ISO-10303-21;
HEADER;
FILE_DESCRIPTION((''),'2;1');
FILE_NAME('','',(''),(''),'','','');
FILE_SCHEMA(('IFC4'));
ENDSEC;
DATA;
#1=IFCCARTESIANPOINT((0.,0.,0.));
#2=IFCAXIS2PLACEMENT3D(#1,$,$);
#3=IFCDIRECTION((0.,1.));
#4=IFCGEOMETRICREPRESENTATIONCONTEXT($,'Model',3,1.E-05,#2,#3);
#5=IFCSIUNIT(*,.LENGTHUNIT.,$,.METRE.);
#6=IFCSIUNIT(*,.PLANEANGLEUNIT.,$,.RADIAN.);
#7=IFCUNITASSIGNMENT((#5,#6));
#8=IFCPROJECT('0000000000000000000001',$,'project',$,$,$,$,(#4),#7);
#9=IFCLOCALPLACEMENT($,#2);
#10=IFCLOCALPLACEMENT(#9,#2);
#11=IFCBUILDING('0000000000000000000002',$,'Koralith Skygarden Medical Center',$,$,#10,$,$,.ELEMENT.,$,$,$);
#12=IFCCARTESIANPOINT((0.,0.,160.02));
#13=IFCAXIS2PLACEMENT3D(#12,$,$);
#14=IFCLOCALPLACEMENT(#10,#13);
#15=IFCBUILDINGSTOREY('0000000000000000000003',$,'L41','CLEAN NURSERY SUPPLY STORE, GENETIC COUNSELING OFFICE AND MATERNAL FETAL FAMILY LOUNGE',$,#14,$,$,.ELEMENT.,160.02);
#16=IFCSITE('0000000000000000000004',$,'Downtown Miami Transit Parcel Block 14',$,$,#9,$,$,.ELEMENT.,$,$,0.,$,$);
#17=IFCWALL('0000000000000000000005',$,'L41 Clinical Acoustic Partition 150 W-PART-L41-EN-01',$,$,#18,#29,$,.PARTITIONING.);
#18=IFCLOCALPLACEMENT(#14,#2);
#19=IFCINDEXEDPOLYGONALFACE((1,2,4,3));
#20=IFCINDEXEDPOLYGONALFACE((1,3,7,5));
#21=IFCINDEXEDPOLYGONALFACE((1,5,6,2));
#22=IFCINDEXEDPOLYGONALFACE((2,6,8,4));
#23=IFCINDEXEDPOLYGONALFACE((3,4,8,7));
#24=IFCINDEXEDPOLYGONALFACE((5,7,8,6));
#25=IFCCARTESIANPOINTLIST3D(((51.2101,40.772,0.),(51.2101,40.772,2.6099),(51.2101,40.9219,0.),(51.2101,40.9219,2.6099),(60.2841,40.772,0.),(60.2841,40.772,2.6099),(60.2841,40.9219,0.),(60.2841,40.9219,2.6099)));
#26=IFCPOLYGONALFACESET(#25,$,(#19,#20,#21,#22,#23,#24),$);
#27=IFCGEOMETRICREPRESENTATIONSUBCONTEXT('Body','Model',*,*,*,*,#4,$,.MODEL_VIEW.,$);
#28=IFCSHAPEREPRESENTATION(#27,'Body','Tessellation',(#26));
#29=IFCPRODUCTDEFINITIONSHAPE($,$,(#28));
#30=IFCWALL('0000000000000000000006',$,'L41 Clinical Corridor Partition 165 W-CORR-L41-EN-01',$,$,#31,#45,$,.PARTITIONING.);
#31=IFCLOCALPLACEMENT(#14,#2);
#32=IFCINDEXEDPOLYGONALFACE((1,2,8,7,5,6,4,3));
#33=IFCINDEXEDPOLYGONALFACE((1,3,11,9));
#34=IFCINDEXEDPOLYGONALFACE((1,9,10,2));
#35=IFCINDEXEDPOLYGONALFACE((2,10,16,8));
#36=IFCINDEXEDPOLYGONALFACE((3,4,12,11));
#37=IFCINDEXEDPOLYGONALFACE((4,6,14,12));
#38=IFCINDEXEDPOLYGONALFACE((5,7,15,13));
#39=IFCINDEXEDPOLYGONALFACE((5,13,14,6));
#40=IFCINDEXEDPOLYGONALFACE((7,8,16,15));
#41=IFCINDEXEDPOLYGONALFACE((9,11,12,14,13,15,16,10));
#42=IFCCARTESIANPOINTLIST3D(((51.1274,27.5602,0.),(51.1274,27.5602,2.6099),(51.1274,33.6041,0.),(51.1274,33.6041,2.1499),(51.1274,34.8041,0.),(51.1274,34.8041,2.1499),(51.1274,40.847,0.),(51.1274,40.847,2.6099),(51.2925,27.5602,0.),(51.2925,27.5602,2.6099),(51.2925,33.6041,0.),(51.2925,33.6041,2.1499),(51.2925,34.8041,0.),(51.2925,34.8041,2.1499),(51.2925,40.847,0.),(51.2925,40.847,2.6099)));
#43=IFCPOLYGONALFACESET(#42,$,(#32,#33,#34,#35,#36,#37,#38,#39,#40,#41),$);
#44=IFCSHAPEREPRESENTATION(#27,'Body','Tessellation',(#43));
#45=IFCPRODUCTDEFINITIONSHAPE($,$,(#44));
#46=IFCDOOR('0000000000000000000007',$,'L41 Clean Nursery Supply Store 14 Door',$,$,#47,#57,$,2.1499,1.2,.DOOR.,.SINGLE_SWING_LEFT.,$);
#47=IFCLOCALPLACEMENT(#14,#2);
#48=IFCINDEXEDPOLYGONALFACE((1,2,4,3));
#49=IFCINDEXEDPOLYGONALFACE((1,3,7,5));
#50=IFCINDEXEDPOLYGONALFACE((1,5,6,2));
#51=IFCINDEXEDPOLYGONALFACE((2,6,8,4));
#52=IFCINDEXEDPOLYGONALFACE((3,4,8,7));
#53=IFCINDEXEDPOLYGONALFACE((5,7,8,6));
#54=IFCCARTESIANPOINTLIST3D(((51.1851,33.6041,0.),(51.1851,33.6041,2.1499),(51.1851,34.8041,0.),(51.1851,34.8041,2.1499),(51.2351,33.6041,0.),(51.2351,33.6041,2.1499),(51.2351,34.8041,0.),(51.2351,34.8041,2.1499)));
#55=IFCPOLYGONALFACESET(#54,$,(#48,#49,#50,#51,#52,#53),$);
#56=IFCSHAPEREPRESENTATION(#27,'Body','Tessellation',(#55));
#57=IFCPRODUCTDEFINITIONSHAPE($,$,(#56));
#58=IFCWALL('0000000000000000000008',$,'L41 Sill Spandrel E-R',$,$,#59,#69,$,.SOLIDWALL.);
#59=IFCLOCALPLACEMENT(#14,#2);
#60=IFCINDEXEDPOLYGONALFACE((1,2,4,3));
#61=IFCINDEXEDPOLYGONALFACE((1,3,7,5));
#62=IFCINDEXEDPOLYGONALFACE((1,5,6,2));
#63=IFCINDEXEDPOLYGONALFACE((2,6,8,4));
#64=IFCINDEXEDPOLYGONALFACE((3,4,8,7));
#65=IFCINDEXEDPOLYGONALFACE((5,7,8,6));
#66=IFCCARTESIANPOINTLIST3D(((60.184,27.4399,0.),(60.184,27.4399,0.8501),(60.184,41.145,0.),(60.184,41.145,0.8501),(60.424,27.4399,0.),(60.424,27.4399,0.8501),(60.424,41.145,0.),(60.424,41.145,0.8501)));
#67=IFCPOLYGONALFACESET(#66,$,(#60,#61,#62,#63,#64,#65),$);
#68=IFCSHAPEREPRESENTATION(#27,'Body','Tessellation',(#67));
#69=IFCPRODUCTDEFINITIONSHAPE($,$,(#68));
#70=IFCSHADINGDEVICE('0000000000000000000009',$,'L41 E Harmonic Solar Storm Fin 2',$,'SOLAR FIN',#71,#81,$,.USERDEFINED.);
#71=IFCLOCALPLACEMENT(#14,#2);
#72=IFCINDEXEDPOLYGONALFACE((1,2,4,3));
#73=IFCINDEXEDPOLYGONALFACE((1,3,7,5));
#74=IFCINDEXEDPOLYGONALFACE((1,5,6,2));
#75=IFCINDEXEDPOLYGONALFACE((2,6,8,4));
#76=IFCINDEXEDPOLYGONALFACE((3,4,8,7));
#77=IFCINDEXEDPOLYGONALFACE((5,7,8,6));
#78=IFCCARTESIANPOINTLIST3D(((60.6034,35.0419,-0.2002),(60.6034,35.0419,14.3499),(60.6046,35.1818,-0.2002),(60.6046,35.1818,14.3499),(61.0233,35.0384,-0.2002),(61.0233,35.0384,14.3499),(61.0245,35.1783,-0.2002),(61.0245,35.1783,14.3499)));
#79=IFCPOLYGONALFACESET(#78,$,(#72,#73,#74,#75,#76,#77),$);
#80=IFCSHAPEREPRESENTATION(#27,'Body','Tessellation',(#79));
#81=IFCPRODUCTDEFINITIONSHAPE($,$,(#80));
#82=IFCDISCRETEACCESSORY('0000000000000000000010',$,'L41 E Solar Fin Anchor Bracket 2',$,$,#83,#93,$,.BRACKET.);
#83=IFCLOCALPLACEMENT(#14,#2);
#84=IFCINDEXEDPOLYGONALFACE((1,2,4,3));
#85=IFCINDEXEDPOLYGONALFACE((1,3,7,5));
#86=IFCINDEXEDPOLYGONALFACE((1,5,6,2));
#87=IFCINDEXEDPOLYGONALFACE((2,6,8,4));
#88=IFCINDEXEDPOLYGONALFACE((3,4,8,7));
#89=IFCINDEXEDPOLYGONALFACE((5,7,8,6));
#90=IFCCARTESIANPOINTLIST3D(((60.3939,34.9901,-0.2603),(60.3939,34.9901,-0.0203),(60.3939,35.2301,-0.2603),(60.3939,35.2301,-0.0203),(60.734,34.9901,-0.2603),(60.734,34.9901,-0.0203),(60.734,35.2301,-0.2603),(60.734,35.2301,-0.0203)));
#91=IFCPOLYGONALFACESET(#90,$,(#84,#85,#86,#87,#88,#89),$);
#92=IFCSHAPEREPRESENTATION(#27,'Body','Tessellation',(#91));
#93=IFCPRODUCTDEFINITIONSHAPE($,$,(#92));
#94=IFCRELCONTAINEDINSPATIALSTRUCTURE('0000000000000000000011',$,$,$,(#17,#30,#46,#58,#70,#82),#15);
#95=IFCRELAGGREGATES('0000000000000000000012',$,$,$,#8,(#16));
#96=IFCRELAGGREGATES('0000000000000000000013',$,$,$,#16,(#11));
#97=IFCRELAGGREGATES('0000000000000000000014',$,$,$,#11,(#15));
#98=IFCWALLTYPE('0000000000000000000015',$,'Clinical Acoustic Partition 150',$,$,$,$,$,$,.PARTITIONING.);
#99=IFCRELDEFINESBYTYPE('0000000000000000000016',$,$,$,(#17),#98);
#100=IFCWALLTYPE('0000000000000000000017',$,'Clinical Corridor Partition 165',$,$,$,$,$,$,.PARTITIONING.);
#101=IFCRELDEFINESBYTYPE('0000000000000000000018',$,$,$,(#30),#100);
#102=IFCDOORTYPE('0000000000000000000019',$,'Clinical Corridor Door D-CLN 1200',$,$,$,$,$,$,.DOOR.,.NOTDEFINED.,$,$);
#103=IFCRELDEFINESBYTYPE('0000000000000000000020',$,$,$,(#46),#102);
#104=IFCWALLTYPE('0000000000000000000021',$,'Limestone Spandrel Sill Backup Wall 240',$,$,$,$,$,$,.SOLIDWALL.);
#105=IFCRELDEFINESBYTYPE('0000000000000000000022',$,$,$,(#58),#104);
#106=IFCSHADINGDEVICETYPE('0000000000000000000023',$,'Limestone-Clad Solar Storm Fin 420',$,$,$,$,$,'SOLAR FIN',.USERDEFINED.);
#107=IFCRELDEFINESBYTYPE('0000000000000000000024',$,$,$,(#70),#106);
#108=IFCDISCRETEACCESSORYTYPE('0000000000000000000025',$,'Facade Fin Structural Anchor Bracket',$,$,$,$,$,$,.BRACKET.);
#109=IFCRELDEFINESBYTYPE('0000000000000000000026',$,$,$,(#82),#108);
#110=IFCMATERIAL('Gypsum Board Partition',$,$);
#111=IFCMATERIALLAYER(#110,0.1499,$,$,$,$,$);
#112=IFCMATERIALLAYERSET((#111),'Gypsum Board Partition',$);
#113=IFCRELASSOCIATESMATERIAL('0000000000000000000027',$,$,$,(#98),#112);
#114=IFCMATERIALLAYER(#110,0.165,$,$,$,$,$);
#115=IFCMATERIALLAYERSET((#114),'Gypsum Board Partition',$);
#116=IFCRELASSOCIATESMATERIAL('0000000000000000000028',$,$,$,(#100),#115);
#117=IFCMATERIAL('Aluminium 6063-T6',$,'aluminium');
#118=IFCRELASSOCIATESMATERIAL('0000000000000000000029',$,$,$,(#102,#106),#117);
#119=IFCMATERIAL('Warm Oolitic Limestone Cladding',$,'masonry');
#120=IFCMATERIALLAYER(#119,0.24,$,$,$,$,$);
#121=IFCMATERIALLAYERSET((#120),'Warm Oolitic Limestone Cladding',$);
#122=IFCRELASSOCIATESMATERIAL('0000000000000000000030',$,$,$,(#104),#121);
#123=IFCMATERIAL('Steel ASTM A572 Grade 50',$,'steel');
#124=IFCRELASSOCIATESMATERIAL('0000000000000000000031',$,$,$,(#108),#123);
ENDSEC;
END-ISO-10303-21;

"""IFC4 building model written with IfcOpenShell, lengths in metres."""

from ifc_helpers import new_model, si_unit, direction, frame, frame_2d, origin, origin_2d, place, context, subcontext, project, spatial, rectangle, extrude, material, layer, layer_set, type_object, element, fill, save


model = new_model("IFC4")

# Units and contexts
model_context = context("Model", 3, precision=1e-05, world=origin(), true_north=direction((0.0, 1.0)))
body_context = subcontext(model_context, "Body", "Model", "MODEL_VIEW")
ifc_project = project(units=[si_unit("LENGTHUNIT", "METRE"), si_unit("PLANEANGLEUNIT", "RADIAN")], contexts=[model_context])

# Site, building, storey
site_placement = place(None, origin())
site = spatial("IfcSite", under=ifc_project, at=site_placement, Name="Downtown Miami Transit Parcel Block 14", CompositionType="ELEMENT", RefElevation=0.0)
building_placement = place(site_placement, origin())
building = spatial("IfcBuilding", under=site, at=building_placement, Name="Koralith Skygarden Medical Center", CompositionType="ELEMENT")
storey_placement = place(building_placement, frame((0.0, 0.0, 160.02)))
storey = spatial("IfcBuildingStorey", under=building, at=storey_placement, Name="L41", Description="CLEAN NURSERY SUPPLY STORE, GENETIC COUNSELING OFFICE AND MATERNAL FETAL FAMILY LOUNGE", CompositionType="ELEMENT", Elevation=160.02)

# Shared definitions
ifc_material_1 = material(Name="Aluminium 6063-T6", Category="aluminium")

# Shared definitions
ifc_material_2 = material(Name="Warm Oolitic Limestone Cladding", Category="masonry")

# Wall
ifc_material_3 = material(Name="Gypsum Board Partition")
ifc_layer_1 = layer(ifc_material_3, 0.1499)
ifc_layer_set_1 = layer_set([ifc_layer_1], Name="Gypsum Board Partition")
wall_type_1 = type_object("IfcWallType", Name="Clinical Acoustic Partition 150", PredefinedType="PARTITIONING", material=ifc_layer_set_1)
wall_1_placement = place(storey_placement, frame((51.21, 40.8469, 0.0), z_axis=(0.0, 0.0, 1.0), x_axis=(1.0, 0.0, 0.0)))
element("IfcWall", 1, at=wall_1_placement, inside=storey, type_object=wall_type_1, Name="L41 Clinical Acoustic Partition 150 W-PART-L41-EN-01", PredefinedType="PARTITIONING", context=body_context, shape_type="SweptSolid", body=[
    extrude(rectangle(XDim=9.074, YDim=0.1499, at=frame_2d((4.5371, 0.0))), origin(), (0.0, 0.0, 1.0), 2.6099),
])

# Wall, opening, door
ifc_layer_2 = layer(ifc_material_3, 0.165)
ifc_layer_set_2 = layer_set([ifc_layer_2], Name="Gypsum Board Partition")
wall_type_2 = type_object("IfcWallType", Name="Clinical Corridor Partition 165", PredefinedType="PARTITIONING", material=ifc_layer_set_2)
wall_2_placement = place(storey_placement, frame((51.21, 27.5601, 0.0), z_axis=(0.0, 0.0, 1.0), x_axis=(0.0, 1.0, 0.0)))
wall_2 = element("IfcWall", 2, at=wall_2_placement, inside=storey, type_object=wall_type_2, Name="L41 Clinical Corridor Partition 165 W-CORR-L41-EN-01", PredefinedType="PARTITIONING", context=body_context, shape_type="SweptSolid", body=[
    extrude(rectangle(XDim=13.2869, YDim=0.165, at=frame_2d((6.6436, 0.0))), origin(), (0.0, 0.0, 1.0), 2.6099),
])
opening_1_placement = place(wall_2_placement, frame((6.0439, 0.0, 0.0)))
opening_1 = element("IfcOpeningElement", 3, at=opening_1_placement, cuts=wall_2, PredefinedType="OPENING", context=body_context, shape_type="SweptSolid", body=[
    extrude(rectangle(XDim=1.2, YDim=2.1499, at=frame_2d((0.6001, 1.075))), frame((0.0, 0.0925, 0.0), z_axis=(0.0, -1.0, 0.0), x_axis=(1.0, 0.0, 0.0)), (0.0, 0.0, 1.0), 0.1851),
])
door_type = type_object("IfcDoorType", Name="Clinical Corridor Door D-CLN 1200", OperationType="NOTDEFINED", PredefinedType="DOOR", material=ifc_material_1)
door_1_placement = place(opening_1_placement, origin())
door_1 = element("IfcDoor", 4, at=door_1_placement, inside=storey, type_object=door_type, Name="L41 Clean Nursery Supply Store 14 Door", OperationType="SINGLE_SWING_LEFT", OverallHeight=2.1499, OverallWidth=1.2, PredefinedType="DOOR", context=body_context, shape_type="SweptSolid", body=[
    extrude(rectangle(XDim=1.2, YDim=2.1499, at=frame_2d((0.6001, 1.075))), frame((0.0, 0.0249, 0.0), z_axis=(0.0, -1.0, 0.0), x_axis=(1.0, 0.0, 0.0)), (0.0, 0.0, 1.0), 0.05),
])
fill(opening_1, door_1)

# Wall
ifc_layer_3 = layer(ifc_material_2, 0.24)
ifc_layer_set_3 = layer_set([ifc_layer_3], Name="Warm Oolitic Limestone Cladding")
wall_type_3 = type_object("IfcWallType", Name="Limestone Spandrel Sill Backup Wall 240", PredefinedType="SOLIDWALL", material=ifc_layer_set_3)
wall_3_placement = place(storey_placement, frame((60.304, 27.4399, 0.0), z_axis=(0.0, 0.0, 1.0), x_axis=(0.0, 1.0, 0.0)))
element("IfcWall", 5, at=wall_3_placement, inside=storey, type_object=wall_type_3, Name="L41 Sill Spandrel E-R", PredefinedType="SOLIDWALL", context=body_context, shape_type="SweptSolid", body=[
    extrude(rectangle(XDim=13.7051, YDim=0.24, at=frame_2d((6.8525, 0.0))), origin(), (0.0, 0.0, 1.0), 0.8501),
])

# Shading device
shading_device_type = type_object("IfcShadingDeviceType", Name="Limestone-Clad Solar Storm Fin 420", ElementType="SOLAR FIN", PredefinedType="USERDEFINED", material=ifc_material_1)
shading_device_placement = place(storey_placement, frame((60.814, 35.1101, -0.2002), z_axis=(0.0, 0.0, 1.0), x_axis=(0.999964, -0.00843, 0.0)))
element("IfcShadingDevice", 6, at=shading_device_placement, inside=storey, type_object=shading_device_type, Name="L41 E Harmonic Solar Storm Fin 2", ObjectType="SOLAR FIN", PredefinedType="USERDEFINED", context=body_context, shape_type="SweptSolid", body=[
    extrude(rectangle(XDim=0.4199, YDim=0.1399, at=origin_2d()), origin(), (0.0, 0.0, 1.0), 14.55),
])

# Discrete accessory
ifc_material_4 = material(Name="Steel ASTM A572 Grade 50", Category="steel")
discrete_accessory_type = type_object("IfcDiscreteAccessoryType", Name="Facade Fin Structural Anchor Bracket", PredefinedType="BRACKET", material=ifc_material_4)
discrete_accessory_placement = place(storey_placement, frame((60.564, 35.1101, -0.2603), z_axis=(0.0, 0.0, 1.0), x_axis=(1.0, 0.0, 0.0)))
element("IfcDiscreteAccessory", 7, at=discrete_accessory_placement, inside=storey, type_object=discrete_accessory_type, Name="L41 E Solar Fin Anchor Bracket 2", PredefinedType="BRACKET", context=body_context, shape_type="SweptSolid", body=[
    extrude(rectangle(XDim=0.3401, YDim=0.24, at=origin_2d()), origin(), (0.0, 0.0, 1.0), 0.24),
])

save(model, "model.ifc")
